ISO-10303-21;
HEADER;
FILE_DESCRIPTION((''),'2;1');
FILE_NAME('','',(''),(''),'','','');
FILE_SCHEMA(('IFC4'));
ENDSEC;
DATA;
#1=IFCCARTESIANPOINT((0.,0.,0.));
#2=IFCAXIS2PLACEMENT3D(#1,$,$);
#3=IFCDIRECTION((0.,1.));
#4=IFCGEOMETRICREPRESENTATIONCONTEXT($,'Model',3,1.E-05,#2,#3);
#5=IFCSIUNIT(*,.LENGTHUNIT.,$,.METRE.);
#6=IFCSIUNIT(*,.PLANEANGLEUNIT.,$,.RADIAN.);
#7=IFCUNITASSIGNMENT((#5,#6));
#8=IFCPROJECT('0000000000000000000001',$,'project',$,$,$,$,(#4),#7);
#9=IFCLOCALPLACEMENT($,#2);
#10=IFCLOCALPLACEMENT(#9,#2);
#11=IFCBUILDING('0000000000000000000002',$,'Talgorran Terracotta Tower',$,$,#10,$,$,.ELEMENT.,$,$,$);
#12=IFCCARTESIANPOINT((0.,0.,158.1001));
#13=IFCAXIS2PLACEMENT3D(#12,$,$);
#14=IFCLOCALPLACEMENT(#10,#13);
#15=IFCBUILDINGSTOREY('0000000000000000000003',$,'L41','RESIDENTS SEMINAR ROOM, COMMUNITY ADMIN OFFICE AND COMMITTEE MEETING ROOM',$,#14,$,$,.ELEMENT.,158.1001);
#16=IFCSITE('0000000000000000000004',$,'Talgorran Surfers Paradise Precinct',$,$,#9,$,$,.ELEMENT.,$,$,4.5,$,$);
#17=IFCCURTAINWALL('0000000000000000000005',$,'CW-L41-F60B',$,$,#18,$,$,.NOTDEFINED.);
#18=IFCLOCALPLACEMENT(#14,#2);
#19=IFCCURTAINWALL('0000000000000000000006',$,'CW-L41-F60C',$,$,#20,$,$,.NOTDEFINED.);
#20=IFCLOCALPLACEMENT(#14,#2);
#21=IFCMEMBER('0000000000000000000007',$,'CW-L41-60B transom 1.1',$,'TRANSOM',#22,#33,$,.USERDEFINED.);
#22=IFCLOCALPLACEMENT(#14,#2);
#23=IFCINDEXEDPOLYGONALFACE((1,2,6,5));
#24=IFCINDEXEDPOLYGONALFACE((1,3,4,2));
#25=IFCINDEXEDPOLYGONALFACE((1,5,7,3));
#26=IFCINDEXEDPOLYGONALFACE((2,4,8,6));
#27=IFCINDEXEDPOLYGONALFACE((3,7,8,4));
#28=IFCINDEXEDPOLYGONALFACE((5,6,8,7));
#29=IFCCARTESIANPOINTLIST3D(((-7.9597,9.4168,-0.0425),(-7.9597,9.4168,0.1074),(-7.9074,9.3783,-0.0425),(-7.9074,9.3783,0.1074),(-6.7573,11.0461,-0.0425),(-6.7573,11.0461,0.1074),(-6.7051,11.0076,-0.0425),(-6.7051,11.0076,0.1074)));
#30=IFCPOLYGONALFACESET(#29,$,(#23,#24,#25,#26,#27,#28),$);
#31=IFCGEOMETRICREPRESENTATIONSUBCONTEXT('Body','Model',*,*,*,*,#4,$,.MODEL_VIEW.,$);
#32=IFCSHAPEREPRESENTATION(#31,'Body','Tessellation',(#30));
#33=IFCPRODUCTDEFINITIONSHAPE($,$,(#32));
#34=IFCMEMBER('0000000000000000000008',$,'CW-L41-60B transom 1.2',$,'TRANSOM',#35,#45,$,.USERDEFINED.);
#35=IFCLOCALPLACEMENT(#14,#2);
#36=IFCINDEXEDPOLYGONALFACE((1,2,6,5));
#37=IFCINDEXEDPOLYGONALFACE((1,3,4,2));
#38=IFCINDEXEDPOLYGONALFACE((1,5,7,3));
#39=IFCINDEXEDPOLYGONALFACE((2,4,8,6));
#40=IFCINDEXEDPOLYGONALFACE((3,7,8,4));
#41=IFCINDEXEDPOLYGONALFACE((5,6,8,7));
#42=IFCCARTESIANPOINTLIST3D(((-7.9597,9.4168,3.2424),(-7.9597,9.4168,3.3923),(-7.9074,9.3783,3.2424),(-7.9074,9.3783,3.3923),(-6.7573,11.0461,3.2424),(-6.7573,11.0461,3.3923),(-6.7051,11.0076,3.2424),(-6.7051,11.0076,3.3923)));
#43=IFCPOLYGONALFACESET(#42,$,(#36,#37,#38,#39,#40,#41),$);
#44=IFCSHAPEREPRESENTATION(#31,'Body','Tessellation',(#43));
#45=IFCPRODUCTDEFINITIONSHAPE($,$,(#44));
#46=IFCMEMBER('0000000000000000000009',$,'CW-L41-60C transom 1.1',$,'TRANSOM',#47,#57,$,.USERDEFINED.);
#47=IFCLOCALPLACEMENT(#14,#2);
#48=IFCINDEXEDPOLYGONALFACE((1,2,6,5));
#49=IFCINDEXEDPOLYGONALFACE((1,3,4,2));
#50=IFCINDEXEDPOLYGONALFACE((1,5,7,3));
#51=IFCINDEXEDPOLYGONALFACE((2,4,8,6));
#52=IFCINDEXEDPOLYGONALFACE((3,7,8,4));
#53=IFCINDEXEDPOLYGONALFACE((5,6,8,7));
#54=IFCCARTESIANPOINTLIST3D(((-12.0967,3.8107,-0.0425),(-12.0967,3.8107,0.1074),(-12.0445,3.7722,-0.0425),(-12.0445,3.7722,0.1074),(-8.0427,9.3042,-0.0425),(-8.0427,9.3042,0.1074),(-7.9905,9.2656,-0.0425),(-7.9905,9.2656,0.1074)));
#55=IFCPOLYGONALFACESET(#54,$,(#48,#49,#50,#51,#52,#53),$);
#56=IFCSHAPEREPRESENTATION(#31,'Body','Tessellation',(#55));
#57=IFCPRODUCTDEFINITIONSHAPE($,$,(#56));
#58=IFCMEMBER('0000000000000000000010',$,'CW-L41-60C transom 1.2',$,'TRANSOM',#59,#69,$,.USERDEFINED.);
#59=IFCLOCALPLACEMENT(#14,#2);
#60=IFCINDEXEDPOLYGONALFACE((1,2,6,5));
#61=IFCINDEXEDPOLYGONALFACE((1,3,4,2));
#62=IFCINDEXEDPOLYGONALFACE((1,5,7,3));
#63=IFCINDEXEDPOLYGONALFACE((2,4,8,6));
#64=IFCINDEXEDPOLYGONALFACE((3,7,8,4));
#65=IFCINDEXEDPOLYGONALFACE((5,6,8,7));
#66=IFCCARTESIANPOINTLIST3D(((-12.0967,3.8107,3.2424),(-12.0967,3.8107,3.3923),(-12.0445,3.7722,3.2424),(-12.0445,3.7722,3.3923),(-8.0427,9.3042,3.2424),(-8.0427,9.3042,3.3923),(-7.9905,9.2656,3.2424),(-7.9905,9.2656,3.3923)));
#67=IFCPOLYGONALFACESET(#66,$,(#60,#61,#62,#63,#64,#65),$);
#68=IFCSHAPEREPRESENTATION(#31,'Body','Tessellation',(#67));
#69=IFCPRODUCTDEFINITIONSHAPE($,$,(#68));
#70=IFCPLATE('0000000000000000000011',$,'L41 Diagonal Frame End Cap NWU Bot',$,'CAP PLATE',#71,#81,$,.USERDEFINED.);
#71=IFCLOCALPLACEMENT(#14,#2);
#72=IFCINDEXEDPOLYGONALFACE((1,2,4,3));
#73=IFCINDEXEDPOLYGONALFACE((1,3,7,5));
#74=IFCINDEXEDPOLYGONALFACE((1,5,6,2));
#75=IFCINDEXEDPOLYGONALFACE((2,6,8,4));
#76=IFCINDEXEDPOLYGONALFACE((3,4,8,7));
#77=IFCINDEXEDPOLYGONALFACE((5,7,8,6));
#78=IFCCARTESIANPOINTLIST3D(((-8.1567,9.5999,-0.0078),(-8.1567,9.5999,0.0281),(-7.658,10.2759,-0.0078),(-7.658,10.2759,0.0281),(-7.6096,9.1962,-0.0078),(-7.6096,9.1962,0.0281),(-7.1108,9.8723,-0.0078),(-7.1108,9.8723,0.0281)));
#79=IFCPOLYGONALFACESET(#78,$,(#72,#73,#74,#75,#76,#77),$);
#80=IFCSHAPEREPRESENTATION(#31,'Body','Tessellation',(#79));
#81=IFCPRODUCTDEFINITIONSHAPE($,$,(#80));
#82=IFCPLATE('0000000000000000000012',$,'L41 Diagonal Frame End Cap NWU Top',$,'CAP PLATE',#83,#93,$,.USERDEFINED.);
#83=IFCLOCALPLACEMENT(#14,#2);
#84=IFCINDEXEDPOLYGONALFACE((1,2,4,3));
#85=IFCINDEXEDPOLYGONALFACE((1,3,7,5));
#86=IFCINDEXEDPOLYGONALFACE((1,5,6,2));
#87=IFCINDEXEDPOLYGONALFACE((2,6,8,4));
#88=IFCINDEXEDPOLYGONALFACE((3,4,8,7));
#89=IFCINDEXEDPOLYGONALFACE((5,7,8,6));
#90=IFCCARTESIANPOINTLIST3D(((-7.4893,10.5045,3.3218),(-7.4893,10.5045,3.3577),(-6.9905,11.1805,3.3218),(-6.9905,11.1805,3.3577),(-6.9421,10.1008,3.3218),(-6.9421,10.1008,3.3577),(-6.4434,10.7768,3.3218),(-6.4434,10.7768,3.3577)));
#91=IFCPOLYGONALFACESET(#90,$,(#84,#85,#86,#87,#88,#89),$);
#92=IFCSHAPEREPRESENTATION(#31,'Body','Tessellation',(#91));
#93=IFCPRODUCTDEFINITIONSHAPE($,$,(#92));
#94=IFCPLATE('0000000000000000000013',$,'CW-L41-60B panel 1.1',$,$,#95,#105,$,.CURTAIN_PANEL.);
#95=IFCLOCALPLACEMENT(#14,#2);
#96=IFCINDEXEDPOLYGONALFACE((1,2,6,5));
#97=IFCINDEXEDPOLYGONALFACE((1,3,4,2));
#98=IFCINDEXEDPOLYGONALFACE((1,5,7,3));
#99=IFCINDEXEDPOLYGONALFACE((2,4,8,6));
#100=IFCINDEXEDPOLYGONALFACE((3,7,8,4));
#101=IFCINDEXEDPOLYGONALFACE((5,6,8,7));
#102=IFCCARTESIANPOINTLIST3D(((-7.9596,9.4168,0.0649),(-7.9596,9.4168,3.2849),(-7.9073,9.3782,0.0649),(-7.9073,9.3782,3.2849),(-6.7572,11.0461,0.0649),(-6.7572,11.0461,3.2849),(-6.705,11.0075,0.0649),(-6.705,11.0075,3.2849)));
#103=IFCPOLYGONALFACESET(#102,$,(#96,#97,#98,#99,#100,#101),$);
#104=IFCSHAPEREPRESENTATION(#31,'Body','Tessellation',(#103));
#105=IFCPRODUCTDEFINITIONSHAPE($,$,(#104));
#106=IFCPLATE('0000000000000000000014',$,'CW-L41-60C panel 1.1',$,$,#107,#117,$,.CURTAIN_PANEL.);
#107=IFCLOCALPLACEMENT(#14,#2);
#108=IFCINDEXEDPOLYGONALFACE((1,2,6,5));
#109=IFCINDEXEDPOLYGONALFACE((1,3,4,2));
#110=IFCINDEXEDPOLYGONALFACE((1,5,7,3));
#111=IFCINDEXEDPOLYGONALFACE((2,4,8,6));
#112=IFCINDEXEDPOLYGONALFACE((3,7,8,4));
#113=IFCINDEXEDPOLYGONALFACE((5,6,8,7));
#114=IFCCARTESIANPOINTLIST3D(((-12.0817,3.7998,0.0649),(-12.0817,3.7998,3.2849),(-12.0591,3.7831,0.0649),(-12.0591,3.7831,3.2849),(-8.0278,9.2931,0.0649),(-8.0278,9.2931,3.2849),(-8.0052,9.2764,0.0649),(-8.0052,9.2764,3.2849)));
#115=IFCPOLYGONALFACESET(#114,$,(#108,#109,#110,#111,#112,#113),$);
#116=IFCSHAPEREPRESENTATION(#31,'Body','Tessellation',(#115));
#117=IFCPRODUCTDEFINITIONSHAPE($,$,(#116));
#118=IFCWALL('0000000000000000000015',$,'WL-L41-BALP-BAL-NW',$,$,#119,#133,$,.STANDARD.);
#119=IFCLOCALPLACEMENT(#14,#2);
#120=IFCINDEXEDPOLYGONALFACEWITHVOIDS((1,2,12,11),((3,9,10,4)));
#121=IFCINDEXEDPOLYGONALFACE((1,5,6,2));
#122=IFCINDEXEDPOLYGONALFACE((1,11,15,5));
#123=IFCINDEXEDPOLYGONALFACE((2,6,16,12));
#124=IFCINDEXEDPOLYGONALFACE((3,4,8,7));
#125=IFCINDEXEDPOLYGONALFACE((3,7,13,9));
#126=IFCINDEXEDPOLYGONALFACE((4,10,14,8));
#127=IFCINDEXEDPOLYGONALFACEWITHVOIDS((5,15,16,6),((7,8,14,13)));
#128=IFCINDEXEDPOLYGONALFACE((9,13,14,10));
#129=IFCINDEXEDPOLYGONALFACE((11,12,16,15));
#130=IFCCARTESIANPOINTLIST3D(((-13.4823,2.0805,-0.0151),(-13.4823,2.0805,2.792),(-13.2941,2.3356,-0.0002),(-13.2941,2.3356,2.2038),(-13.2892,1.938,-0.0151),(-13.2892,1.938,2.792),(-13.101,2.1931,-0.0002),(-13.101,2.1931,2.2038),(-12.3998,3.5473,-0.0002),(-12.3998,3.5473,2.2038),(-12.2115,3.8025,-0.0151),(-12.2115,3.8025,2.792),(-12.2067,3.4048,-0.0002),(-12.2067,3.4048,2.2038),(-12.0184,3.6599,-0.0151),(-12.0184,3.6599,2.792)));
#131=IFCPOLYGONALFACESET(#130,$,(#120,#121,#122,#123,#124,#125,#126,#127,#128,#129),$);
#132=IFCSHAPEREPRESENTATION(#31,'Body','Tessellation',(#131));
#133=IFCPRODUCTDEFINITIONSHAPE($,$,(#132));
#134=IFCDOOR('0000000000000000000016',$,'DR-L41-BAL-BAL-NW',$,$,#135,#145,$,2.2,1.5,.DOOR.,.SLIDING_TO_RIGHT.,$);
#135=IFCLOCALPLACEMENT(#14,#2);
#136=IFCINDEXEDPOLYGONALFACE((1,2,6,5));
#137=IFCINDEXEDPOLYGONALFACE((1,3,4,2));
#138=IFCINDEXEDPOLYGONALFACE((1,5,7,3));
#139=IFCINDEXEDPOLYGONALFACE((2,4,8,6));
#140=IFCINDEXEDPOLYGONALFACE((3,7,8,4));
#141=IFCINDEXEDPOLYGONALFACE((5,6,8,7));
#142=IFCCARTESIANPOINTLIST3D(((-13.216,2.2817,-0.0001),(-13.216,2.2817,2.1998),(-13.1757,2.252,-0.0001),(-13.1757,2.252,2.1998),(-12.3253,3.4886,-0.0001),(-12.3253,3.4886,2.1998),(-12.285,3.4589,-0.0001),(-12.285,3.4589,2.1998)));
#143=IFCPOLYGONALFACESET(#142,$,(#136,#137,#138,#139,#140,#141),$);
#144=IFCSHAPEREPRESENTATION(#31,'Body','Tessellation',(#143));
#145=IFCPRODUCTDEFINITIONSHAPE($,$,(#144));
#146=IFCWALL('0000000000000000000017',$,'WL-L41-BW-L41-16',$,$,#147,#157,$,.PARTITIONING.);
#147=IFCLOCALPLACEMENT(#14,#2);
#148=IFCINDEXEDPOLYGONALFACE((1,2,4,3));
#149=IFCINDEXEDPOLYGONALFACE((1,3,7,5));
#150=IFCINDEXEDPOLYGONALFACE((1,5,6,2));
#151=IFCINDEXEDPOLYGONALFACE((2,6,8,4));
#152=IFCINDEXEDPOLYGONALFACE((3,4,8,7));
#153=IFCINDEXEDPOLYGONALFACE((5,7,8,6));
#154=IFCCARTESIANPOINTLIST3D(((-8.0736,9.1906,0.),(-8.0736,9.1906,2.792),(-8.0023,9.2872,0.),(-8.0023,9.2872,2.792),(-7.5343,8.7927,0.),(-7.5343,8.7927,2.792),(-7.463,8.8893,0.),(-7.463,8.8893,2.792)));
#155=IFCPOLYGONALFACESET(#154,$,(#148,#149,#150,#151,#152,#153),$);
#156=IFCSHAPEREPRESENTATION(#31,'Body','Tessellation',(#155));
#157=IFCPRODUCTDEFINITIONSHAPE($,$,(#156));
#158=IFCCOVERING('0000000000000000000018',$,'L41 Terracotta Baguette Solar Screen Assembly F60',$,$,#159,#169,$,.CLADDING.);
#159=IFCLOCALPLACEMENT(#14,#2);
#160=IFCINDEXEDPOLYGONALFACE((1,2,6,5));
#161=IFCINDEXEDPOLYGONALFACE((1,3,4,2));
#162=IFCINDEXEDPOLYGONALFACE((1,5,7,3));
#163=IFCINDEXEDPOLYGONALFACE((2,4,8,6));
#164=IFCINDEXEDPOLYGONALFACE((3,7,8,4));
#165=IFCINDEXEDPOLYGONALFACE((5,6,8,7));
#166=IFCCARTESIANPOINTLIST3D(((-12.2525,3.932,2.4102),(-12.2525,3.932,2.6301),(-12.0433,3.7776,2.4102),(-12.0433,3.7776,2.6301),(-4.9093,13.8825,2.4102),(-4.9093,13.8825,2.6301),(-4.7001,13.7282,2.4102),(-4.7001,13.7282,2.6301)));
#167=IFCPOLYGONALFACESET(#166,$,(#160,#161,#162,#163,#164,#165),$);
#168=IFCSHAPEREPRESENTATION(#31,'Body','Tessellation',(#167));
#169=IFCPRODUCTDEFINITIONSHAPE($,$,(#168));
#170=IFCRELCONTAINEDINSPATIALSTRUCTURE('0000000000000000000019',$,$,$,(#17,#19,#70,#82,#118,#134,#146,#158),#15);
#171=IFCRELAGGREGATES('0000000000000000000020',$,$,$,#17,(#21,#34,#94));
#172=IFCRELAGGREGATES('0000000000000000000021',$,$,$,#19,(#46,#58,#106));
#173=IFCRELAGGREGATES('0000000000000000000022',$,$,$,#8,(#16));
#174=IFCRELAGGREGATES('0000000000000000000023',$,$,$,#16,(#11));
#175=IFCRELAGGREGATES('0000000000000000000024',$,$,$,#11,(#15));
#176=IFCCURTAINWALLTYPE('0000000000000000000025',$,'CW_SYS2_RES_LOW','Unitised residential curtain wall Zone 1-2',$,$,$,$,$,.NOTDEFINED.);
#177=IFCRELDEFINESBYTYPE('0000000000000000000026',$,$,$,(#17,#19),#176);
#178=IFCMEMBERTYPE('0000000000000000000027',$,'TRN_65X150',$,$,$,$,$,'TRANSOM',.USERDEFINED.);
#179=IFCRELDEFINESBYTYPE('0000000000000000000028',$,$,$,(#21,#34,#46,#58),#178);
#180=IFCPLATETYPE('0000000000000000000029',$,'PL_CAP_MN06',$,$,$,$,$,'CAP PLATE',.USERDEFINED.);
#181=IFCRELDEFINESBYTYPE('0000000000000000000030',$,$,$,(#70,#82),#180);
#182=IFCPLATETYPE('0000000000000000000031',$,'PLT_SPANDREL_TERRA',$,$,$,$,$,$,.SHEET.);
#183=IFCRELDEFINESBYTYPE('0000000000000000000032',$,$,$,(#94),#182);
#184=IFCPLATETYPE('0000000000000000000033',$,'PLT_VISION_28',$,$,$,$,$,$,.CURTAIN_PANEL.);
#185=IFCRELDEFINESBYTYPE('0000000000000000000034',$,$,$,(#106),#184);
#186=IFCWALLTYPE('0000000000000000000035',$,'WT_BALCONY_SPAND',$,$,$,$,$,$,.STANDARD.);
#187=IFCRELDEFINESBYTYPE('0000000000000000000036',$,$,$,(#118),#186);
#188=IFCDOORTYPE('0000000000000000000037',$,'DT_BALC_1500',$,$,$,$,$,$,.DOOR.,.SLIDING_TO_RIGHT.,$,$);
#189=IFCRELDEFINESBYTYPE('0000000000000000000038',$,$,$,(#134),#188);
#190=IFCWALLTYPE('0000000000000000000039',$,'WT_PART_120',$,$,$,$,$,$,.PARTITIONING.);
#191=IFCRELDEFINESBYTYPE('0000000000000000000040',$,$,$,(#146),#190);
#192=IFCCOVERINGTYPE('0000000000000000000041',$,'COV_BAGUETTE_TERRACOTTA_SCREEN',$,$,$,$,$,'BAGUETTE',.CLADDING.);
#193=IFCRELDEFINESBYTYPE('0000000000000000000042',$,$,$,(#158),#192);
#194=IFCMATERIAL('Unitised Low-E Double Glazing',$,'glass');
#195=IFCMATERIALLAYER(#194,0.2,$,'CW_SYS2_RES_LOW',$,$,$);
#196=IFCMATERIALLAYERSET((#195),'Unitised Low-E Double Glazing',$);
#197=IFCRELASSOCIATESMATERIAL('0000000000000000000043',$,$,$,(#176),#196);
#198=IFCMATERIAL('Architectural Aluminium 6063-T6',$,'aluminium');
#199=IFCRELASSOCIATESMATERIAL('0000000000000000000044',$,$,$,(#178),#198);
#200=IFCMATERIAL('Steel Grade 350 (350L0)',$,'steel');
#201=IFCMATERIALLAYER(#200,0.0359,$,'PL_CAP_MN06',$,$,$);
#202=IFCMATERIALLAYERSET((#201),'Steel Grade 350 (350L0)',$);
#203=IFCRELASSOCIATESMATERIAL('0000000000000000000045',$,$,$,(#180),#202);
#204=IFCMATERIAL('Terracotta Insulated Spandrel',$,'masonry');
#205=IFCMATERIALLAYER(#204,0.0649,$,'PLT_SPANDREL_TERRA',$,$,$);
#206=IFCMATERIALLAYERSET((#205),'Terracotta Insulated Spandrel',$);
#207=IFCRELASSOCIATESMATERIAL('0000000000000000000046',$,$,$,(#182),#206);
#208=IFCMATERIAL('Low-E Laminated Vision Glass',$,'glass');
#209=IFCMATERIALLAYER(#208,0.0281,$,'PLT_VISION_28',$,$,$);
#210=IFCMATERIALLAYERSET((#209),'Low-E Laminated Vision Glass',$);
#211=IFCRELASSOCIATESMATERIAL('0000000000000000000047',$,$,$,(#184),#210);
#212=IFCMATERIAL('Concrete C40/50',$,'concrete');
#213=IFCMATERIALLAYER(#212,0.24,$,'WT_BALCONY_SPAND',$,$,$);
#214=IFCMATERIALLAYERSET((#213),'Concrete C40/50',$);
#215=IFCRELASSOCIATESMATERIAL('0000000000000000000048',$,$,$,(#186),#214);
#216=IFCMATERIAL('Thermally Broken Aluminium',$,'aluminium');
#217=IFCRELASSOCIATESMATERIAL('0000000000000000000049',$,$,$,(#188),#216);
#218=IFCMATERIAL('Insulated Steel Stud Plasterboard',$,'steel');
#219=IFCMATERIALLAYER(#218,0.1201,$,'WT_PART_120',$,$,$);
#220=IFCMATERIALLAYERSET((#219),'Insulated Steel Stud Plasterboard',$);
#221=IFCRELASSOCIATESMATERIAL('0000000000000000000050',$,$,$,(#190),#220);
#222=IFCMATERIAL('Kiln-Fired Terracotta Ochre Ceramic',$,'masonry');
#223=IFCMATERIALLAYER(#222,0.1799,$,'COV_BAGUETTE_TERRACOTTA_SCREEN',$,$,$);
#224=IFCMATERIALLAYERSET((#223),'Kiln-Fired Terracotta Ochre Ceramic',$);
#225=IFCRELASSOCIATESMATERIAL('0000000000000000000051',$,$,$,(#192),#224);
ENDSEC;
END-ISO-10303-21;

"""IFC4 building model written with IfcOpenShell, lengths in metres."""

from ifc_helpers import new_model, si_unit, direction, frame, frame_2d, origin, origin_2d, place, context, subcontext, project, spatial, rectangle, extrude, source, transform, mapped, material, layer, layer_set, material_profile, profile_set, type_object, type_shapes, element, fill, aggregate, save


model = new_model("IFC4")

# Units and contexts
model_context = context("Model", 3, precision=1e-05, world=origin(), true_north=direction((0.0, 1.0)))
body_context = subcontext(model_context, "Body", "Model", "MODEL_VIEW")
ifc_project = project(units=[si_unit("LENGTHUNIT", "METRE"), si_unit("PLANEANGLEUNIT", "RADIAN")], contexts=[model_context])

# Site, building, storey
site_placement = place(None, origin())
site = spatial("IfcSite", under=ifc_project, at=site_placement, Name="Talgorran Surfers Paradise Precinct", CompositionType="ELEMENT", RefElevation=4.5)
building_placement = place(site_placement, origin())
building = spatial("IfcBuilding", under=site, at=building_placement, Name="Talgorran Terracotta Tower", CompositionType="ELEMENT")
storey_placement = place(building_placement, frame((0.0, 0.0, 158.1001)))
storey = spatial("IfcBuildingStorey", under=building, at=storey_placement, Name="L41", Description="RESIDENTS SEMINAR ROOM, COMMUNITY ADMIN OFFICE AND COMMITTEE MEETING ROOM", CompositionType="ELEMENT", Elevation=158.1001)

# Shared definitions
ifc_material_1 = material(Name="Steel Grade 350 (350L0)", Category="steel")

# Curtain wall
ifc_material_2 = material(Name="Unitised Low-E Double Glazing", Category="glass")
ifc_layer_1 = layer(ifc_material_2, 0.2, Name="CW_SYS2_RES_LOW")
ifc_layer_set_1 = layer_set([ifc_layer_1], Name="Unitised Low-E Double Glazing")
curtain_wall_type = type_object("IfcCurtainWallType", Name="CW_SYS2_RES_LOW", Description="Unitised residential curtain wall Zone 1-2", PredefinedType="NOTDEFINED", material=ifc_layer_set_1)
curtain_wall_1_placement = place(storey_placement, origin())
curtain_wall_1 = element("IfcCurtainWall", 1, at=curtain_wall_1_placement, inside=storey, type_object=curtain_wall_type, Name="CW-L41-F60B", PredefinedType="NOTDEFINED")
ifc_material_3 = material(Name="Architectural Aluminium 6063-T6", Category="aluminium")

# Curtain wall
curtain_wall_2_placement = place(storey_placement, origin())
curtain_wall_2 = element("IfcCurtainWall", 2, at=curtain_wall_2_placement, inside=storey, type_object=curtain_wall_type, Name="CW-L41-F60C", PredefinedType="NOTDEFINED")

# Members
ifc_material_profile_1 = material_profile(ifc_material_3, rectangle(XDim=0.0649, YDim=0.1499, at=origin_2d()), Name="CWT65X150")
ifc_profile_set_1 = profile_set([ifc_material_profile_1], Name="Architectural Aluminium 6063-T6")
member_type_1 = type_object("IfcMemberType", Name="TRN_65X150", ElementType="TRANSOM", PredefinedType="USERDEFINED", material=ifc_profile_set_1)
member_1_placement = place(storey_placement, frame((-6.7312, 11.0269, 0.0325), z_axis=(-0.593771, -0.804634, 0.0), x_axis=(0.804634, -0.593771, 0.0)))
member_1 = element("IfcMember", 3, at=member_1_placement, type_object=member_type_1, Name="CW-L41-60B transom 1.1", ObjectType="TRANSOM", PredefinedType="USERDEFINED", context=body_context, shape_type="SweptSolid", body=[
    extrude(rectangle(XDim=0.0649, YDim=0.1499, at=origin_2d()), origin(), (0.0, 0.0, 1.0), 2.0249),
])
member_2_placement = place(storey_placement, frame((-6.7312, 11.0269, 3.3174), z_axis=(-0.593771, -0.804634, 0.0), x_axis=(0.804634, -0.593771, 0.0)))
member_2 = element("IfcMember", 4, at=member_2_placement, type_object=member_type_1, Name="CW-L41-60B transom 1.2", ObjectType="TRANSOM", PredefinedType="USERDEFINED", context=body_context, shape_type="SweptSolid", body=[
    extrude(rectangle(XDim=0.0649, YDim=0.1499, at=origin_2d()), origin(), (0.0, 0.0, 1.0), 2.0249),
])
member_3_placement = place(storey_placement, frame((-8.0166, 9.2849, 0.0325), z_axis=(-0.593786, -0.804623, 0.0), x_axis=(0.804623, -0.593786, 0.0)))
member_3 = element("IfcMember", 5, at=member_3_placement, type_object=member_type_1, Name="CW-L41-60C transom 1.1", ObjectType="TRANSOM", PredefinedType="USERDEFINED", context=body_context, shape_type="SweptSolid", body=[
    extrude(rectangle(XDim=0.0649, YDim=0.1499, at=origin_2d()), origin(), (0.0, 0.0, 1.0), 6.8274),
])
member_4_placement = place(storey_placement, frame((-8.0166, 9.2849, 3.3174), z_axis=(-0.593786, -0.804623, 0.0), x_axis=(0.804623, -0.593786, 0.0)))
member_4 = element("IfcMember", 6, at=member_4_placement, type_object=member_type_1, Name="CW-L41-60C transom 1.2", ObjectType="TRANSOM", PredefinedType="USERDEFINED", context=body_context, shape_type="SweptSolid", body=[
    extrude(rectangle(XDim=0.0649, YDim=0.1499, at=origin_2d()), origin(), (0.0, 0.0, 1.0), 6.8274),
])

# Plates
ifc_layer_2 = layer(ifc_material_1, 0.0359, Name="PL_CAP_MN06")
ifc_layer_set_2 = layer_set([ifc_layer_2], Name="Steel Grade 350 (350L0)")
plate_type_1 = type_object("IfcPlateType", Name="PL_CAP_MN06", ElementType="CAP PLATE", PredefinedType="USERDEFINED", material=ifc_layer_set_2)
for number, where, z_axis, x_axis, name in (
    (7, (-7.6338, 9.7361, -0.0078), (0.0, 0.0, 1.0), (0.5937, 0.804687, 0.0), "L41 Diagonal Frame End Cap NWU Bot"),
    (8, (-6.9663, 10.6406, 3.3218), (0.0, 0.0, 1.0), (0.5937, 0.804687, 0.0), "L41 Diagonal Frame End Cap NWU Top"),
):
    element("IfcPlate", number, at=place(storey_placement, frame(where, z_axis=z_axis, x_axis=x_axis)), inside=storey, type_object=plate_type_1, Name=name, ObjectType="CAP PLATE", PredefinedType="USERDEFINED", context=body_context, shape_type="SweptSolid", body=[
        extrude(rectangle(XDim=0.8401, YDim=0.6799, at=origin_2d()), origin(), (0.0, 0.0, 1.0), 0.0359),
    ])

# Plates
ifc_material_4 = material(Name="Terracotta Insulated Spandrel", Category="masonry")
ifc_layer_3 = layer(ifc_material_4, 0.0649, Name="PLT_SPANDREL_TERRA")
ifc_layer_set_3 = layer_set([ifc_layer_3], Name="Terracotta Insulated Spandrel")
plate_type_2 = type_object("IfcPlateType", Name="PLT_SPANDREL_TERRA", PredefinedType="SHEET", material=ifc_layer_set_3)
shared_shape_1 = source(origin(), body_context, "Body", "SweptSolid", [
    extrude(rectangle(XDim=2.0249, YDim=0.0649, at=origin_2d()), origin(), (0.0, 0.0, 1.0), 3.22),
])
type_shapes(plate_type_2, [shared_shape_1])
plate_1_placement = place(storey_placement, frame((-7.3323, 10.2122, 0.0649), z_axis=(0.0, 0.0, 1.0), x_axis=(-0.593797, -0.804615, 0.0)))
plate_1 = element("IfcPlate", 9, at=plate_1_placement, type_object=plate_type_2, Name="CW-L41-60B panel 1.1", PredefinedType="CURTAIN_PANEL", context=body_context, shape_type="MappedRepresentation", body=[
    mapped(shared_shape_1, transform((0.0, 0.0, 0.0), scale=1.0)),
])
aggregate(curtain_wall_1, [member_1, member_2, plate_1])
ifc_material_5 = material(Name="Low-E Laminated Vision Glass", Category="glass")
ifc_layer_4 = layer(ifc_material_5, 0.0281, Name="PLT_VISION_28")
ifc_layer_set_4 = layer_set([ifc_layer_4], Name="Low-E Laminated Vision Glass")
plate_type_3 = type_object("IfcPlateType", Name="PLT_VISION_28", PredefinedType="CURTAIN_PANEL", material=ifc_layer_set_4)
shared_shape_2 = source(origin(), body_context, "Body", "SweptSolid", [
    extrude(rectangle(XDim=6.8271, YDim=0.0281, at=origin_2d()), origin(), (0.0, 0.0, 1.0), 3.22),
])
type_shapes(plate_type_3, [shared_shape_2])
plate_2_placement = place(storey_placement, frame((-10.0435, 6.5381, 0.0649), z_axis=(0.0, 0.0, 1.0), x_axis=(-0.593789, -0.804621, 0.0)))
plate_2 = element("IfcPlate", 10, at=plate_2_placement, type_object=plate_type_3, Name="CW-L41-60C panel 1.1", PredefinedType="CURTAIN_PANEL", context=body_context, shape_type="MappedRepresentation", body=[
    mapped(shared_shape_2, transform((0.0, 0.0, 0.0), scale=1.0)),
])
aggregate(curtain_wall_2, [member_3, member_4, plate_2])

# Wall, opening, door
ifc_material_6 = material(Name="Concrete C40/50", Category="concrete")
ifc_layer_5 = layer(ifc_material_6, 0.24, Name="WT_BALCONY_SPAND")
ifc_layer_set_5 = layer_set([ifc_layer_5], Name="Concrete C40/50")
wall_type_1 = type_object("IfcWallType", Name="WT_BALCONY_SPAND", PredefinedType="STANDARD", material=ifc_layer_set_5)
wall_1_placement = place(storey_placement, frame((-12.115, 3.7312, -0.0151), z_axis=(0.0, 0.0, 1.0), x_axis=(-0.593794, -0.804617, 0.0)))
wall_1 = element("IfcWall", 11, at=wall_1_placement, inside=storey, type_object=wall_type_1, Name="WL-L41-BALP-BAL-NW", PredefinedType="STANDARD", context=body_context, shape_type="SweptSolid", body=[
    extrude(rectangle(XDim=2.1401, YDim=0.24, at=frame_2d((1.0701, 0.0))), origin(), (0.0, 0.0, 1.0), 2.8071),
])
opening_placement = place(wall_1_placement, frame((0.3201, 0.0, 0.0149)))
opening = element("IfcOpeningElement", 12, at=opening_placement, cuts=wall_1, PredefinedType="OPENING", context=body_context, shape_type="SweptSolid", body=[
    extrude(rectangle(XDim=1.506, YDim=2.204, at=frame_2d((0.75, 1.1021))), frame((0.0, 0.1299, 0.0), z_axis=(0.0, -1.0, 0.0), x_axis=(1.0, 0.0, 0.0)), (0.0, 0.0, 1.0), 0.26),
])
ifc_material_7 = material(Name="Thermally Broken Aluminium", Category="aluminium")
door_type = type_object("IfcDoorType", Name="DT_BALC_1500", OperationType="SLIDING_TO_RIGHT", PredefinedType="DOOR", material=ifc_material_7)
door_placement = place(opening_placement, origin())
door = element("IfcDoor", 13, at=door_placement, inside=storey, type_object=door_type, Name="DR-L41-BAL-BAL-NW", OperationType="SLIDING_TO_RIGHT", OverallHeight=2.2, OverallWidth=1.5, PredefinedType="DOOR", context=body_context, shape_type="SweptSolid", body=[
    extrude(rectangle(XDim=1.5, YDim=2.2, at=frame_2d((0.75, 1.1001))), frame((0.0, 0.0249, 0.0), z_axis=(0.0, -1.0, 0.0), x_axis=(1.0, 0.0, 0.0)), (0.0, 0.0, 1.0), 0.05),
])
fill(opening, door)

# Wall
ifc_material_8 = material(Name="Insulated Steel Stud Plasterboard", Category="steel")
ifc_layer_6 = layer(ifc_material_8, 0.1201, Name="WT_PART_120")
ifc_layer_set_6 = layer_set([ifc_layer_6], Name="Insulated Steel Stud Plasterboard")
wall_type_2 = type_object("IfcWallType", Name="WT_PART_120", PredefinedType="PARTITIONING", material=ifc_layer_set_6)
wall_2_placement = place(storey_placement, frame((-7.4988, 8.8411, 0.0), z_axis=(0.0, 0.0, 1.0), x_axis=(-0.804653, 0.593746, 0.0)))
element("IfcWall", 14, at=wall_2_placement, inside=storey, type_object=wall_type_2, Name="WL-L41-BW-L41-16", PredefinedType="PARTITIONING", context=body_context, shape_type="SweptSolid", body=[
    extrude(rectangle(XDim=0.6702, YDim=0.1201, at=frame_2d((0.335, 0.0))), origin(), (0.0, 0.0, 1.0), 2.792),
])

# Covering
ifc_material_9 = material(Name="Kiln-Fired Terracotta Ochre Ceramic", Category="masonry")
ifc_layer_7 = layer(ifc_material_9, 0.1799, Name="COV_BAGUETTE_TERRACOTTA_SCREEN")
ifc_layer_set_7 = layer_set([ifc_layer_7], Name="Kiln-Fired Terracotta Ochre Ceramic")
covering_type_1 = type_object("IfcCoveringType", Name="COV_BAGUETTE_TERRACOTTA_SCREEN", ElementType="BAGUETTE", PredefinedType="CLADDING", material=ifc_layer_set_7)
covering_1_placement = place(storey_placement, frame((-8.4763, 8.8301, 2.4102), z_axis=(0.0, 0.0, 1.0), x_axis=(-0.593784, -0.804624, 0.0)))
element("IfcCovering", 15, at=covering_1_placement, inside=storey, type_object=covering_type_1, Name="L41 Terracotta Baguette Solar Screen Assembly F60", PredefinedType="CLADDING", context=body_context, shape_type="SweptSolid", body=[
    extrude(rectangle(XDim=12.3667, YDim=0.26, at=origin_2d()), origin(), (0.0, 0.0, 1.0), 0.22),
])

save(model, "model.ifc")
